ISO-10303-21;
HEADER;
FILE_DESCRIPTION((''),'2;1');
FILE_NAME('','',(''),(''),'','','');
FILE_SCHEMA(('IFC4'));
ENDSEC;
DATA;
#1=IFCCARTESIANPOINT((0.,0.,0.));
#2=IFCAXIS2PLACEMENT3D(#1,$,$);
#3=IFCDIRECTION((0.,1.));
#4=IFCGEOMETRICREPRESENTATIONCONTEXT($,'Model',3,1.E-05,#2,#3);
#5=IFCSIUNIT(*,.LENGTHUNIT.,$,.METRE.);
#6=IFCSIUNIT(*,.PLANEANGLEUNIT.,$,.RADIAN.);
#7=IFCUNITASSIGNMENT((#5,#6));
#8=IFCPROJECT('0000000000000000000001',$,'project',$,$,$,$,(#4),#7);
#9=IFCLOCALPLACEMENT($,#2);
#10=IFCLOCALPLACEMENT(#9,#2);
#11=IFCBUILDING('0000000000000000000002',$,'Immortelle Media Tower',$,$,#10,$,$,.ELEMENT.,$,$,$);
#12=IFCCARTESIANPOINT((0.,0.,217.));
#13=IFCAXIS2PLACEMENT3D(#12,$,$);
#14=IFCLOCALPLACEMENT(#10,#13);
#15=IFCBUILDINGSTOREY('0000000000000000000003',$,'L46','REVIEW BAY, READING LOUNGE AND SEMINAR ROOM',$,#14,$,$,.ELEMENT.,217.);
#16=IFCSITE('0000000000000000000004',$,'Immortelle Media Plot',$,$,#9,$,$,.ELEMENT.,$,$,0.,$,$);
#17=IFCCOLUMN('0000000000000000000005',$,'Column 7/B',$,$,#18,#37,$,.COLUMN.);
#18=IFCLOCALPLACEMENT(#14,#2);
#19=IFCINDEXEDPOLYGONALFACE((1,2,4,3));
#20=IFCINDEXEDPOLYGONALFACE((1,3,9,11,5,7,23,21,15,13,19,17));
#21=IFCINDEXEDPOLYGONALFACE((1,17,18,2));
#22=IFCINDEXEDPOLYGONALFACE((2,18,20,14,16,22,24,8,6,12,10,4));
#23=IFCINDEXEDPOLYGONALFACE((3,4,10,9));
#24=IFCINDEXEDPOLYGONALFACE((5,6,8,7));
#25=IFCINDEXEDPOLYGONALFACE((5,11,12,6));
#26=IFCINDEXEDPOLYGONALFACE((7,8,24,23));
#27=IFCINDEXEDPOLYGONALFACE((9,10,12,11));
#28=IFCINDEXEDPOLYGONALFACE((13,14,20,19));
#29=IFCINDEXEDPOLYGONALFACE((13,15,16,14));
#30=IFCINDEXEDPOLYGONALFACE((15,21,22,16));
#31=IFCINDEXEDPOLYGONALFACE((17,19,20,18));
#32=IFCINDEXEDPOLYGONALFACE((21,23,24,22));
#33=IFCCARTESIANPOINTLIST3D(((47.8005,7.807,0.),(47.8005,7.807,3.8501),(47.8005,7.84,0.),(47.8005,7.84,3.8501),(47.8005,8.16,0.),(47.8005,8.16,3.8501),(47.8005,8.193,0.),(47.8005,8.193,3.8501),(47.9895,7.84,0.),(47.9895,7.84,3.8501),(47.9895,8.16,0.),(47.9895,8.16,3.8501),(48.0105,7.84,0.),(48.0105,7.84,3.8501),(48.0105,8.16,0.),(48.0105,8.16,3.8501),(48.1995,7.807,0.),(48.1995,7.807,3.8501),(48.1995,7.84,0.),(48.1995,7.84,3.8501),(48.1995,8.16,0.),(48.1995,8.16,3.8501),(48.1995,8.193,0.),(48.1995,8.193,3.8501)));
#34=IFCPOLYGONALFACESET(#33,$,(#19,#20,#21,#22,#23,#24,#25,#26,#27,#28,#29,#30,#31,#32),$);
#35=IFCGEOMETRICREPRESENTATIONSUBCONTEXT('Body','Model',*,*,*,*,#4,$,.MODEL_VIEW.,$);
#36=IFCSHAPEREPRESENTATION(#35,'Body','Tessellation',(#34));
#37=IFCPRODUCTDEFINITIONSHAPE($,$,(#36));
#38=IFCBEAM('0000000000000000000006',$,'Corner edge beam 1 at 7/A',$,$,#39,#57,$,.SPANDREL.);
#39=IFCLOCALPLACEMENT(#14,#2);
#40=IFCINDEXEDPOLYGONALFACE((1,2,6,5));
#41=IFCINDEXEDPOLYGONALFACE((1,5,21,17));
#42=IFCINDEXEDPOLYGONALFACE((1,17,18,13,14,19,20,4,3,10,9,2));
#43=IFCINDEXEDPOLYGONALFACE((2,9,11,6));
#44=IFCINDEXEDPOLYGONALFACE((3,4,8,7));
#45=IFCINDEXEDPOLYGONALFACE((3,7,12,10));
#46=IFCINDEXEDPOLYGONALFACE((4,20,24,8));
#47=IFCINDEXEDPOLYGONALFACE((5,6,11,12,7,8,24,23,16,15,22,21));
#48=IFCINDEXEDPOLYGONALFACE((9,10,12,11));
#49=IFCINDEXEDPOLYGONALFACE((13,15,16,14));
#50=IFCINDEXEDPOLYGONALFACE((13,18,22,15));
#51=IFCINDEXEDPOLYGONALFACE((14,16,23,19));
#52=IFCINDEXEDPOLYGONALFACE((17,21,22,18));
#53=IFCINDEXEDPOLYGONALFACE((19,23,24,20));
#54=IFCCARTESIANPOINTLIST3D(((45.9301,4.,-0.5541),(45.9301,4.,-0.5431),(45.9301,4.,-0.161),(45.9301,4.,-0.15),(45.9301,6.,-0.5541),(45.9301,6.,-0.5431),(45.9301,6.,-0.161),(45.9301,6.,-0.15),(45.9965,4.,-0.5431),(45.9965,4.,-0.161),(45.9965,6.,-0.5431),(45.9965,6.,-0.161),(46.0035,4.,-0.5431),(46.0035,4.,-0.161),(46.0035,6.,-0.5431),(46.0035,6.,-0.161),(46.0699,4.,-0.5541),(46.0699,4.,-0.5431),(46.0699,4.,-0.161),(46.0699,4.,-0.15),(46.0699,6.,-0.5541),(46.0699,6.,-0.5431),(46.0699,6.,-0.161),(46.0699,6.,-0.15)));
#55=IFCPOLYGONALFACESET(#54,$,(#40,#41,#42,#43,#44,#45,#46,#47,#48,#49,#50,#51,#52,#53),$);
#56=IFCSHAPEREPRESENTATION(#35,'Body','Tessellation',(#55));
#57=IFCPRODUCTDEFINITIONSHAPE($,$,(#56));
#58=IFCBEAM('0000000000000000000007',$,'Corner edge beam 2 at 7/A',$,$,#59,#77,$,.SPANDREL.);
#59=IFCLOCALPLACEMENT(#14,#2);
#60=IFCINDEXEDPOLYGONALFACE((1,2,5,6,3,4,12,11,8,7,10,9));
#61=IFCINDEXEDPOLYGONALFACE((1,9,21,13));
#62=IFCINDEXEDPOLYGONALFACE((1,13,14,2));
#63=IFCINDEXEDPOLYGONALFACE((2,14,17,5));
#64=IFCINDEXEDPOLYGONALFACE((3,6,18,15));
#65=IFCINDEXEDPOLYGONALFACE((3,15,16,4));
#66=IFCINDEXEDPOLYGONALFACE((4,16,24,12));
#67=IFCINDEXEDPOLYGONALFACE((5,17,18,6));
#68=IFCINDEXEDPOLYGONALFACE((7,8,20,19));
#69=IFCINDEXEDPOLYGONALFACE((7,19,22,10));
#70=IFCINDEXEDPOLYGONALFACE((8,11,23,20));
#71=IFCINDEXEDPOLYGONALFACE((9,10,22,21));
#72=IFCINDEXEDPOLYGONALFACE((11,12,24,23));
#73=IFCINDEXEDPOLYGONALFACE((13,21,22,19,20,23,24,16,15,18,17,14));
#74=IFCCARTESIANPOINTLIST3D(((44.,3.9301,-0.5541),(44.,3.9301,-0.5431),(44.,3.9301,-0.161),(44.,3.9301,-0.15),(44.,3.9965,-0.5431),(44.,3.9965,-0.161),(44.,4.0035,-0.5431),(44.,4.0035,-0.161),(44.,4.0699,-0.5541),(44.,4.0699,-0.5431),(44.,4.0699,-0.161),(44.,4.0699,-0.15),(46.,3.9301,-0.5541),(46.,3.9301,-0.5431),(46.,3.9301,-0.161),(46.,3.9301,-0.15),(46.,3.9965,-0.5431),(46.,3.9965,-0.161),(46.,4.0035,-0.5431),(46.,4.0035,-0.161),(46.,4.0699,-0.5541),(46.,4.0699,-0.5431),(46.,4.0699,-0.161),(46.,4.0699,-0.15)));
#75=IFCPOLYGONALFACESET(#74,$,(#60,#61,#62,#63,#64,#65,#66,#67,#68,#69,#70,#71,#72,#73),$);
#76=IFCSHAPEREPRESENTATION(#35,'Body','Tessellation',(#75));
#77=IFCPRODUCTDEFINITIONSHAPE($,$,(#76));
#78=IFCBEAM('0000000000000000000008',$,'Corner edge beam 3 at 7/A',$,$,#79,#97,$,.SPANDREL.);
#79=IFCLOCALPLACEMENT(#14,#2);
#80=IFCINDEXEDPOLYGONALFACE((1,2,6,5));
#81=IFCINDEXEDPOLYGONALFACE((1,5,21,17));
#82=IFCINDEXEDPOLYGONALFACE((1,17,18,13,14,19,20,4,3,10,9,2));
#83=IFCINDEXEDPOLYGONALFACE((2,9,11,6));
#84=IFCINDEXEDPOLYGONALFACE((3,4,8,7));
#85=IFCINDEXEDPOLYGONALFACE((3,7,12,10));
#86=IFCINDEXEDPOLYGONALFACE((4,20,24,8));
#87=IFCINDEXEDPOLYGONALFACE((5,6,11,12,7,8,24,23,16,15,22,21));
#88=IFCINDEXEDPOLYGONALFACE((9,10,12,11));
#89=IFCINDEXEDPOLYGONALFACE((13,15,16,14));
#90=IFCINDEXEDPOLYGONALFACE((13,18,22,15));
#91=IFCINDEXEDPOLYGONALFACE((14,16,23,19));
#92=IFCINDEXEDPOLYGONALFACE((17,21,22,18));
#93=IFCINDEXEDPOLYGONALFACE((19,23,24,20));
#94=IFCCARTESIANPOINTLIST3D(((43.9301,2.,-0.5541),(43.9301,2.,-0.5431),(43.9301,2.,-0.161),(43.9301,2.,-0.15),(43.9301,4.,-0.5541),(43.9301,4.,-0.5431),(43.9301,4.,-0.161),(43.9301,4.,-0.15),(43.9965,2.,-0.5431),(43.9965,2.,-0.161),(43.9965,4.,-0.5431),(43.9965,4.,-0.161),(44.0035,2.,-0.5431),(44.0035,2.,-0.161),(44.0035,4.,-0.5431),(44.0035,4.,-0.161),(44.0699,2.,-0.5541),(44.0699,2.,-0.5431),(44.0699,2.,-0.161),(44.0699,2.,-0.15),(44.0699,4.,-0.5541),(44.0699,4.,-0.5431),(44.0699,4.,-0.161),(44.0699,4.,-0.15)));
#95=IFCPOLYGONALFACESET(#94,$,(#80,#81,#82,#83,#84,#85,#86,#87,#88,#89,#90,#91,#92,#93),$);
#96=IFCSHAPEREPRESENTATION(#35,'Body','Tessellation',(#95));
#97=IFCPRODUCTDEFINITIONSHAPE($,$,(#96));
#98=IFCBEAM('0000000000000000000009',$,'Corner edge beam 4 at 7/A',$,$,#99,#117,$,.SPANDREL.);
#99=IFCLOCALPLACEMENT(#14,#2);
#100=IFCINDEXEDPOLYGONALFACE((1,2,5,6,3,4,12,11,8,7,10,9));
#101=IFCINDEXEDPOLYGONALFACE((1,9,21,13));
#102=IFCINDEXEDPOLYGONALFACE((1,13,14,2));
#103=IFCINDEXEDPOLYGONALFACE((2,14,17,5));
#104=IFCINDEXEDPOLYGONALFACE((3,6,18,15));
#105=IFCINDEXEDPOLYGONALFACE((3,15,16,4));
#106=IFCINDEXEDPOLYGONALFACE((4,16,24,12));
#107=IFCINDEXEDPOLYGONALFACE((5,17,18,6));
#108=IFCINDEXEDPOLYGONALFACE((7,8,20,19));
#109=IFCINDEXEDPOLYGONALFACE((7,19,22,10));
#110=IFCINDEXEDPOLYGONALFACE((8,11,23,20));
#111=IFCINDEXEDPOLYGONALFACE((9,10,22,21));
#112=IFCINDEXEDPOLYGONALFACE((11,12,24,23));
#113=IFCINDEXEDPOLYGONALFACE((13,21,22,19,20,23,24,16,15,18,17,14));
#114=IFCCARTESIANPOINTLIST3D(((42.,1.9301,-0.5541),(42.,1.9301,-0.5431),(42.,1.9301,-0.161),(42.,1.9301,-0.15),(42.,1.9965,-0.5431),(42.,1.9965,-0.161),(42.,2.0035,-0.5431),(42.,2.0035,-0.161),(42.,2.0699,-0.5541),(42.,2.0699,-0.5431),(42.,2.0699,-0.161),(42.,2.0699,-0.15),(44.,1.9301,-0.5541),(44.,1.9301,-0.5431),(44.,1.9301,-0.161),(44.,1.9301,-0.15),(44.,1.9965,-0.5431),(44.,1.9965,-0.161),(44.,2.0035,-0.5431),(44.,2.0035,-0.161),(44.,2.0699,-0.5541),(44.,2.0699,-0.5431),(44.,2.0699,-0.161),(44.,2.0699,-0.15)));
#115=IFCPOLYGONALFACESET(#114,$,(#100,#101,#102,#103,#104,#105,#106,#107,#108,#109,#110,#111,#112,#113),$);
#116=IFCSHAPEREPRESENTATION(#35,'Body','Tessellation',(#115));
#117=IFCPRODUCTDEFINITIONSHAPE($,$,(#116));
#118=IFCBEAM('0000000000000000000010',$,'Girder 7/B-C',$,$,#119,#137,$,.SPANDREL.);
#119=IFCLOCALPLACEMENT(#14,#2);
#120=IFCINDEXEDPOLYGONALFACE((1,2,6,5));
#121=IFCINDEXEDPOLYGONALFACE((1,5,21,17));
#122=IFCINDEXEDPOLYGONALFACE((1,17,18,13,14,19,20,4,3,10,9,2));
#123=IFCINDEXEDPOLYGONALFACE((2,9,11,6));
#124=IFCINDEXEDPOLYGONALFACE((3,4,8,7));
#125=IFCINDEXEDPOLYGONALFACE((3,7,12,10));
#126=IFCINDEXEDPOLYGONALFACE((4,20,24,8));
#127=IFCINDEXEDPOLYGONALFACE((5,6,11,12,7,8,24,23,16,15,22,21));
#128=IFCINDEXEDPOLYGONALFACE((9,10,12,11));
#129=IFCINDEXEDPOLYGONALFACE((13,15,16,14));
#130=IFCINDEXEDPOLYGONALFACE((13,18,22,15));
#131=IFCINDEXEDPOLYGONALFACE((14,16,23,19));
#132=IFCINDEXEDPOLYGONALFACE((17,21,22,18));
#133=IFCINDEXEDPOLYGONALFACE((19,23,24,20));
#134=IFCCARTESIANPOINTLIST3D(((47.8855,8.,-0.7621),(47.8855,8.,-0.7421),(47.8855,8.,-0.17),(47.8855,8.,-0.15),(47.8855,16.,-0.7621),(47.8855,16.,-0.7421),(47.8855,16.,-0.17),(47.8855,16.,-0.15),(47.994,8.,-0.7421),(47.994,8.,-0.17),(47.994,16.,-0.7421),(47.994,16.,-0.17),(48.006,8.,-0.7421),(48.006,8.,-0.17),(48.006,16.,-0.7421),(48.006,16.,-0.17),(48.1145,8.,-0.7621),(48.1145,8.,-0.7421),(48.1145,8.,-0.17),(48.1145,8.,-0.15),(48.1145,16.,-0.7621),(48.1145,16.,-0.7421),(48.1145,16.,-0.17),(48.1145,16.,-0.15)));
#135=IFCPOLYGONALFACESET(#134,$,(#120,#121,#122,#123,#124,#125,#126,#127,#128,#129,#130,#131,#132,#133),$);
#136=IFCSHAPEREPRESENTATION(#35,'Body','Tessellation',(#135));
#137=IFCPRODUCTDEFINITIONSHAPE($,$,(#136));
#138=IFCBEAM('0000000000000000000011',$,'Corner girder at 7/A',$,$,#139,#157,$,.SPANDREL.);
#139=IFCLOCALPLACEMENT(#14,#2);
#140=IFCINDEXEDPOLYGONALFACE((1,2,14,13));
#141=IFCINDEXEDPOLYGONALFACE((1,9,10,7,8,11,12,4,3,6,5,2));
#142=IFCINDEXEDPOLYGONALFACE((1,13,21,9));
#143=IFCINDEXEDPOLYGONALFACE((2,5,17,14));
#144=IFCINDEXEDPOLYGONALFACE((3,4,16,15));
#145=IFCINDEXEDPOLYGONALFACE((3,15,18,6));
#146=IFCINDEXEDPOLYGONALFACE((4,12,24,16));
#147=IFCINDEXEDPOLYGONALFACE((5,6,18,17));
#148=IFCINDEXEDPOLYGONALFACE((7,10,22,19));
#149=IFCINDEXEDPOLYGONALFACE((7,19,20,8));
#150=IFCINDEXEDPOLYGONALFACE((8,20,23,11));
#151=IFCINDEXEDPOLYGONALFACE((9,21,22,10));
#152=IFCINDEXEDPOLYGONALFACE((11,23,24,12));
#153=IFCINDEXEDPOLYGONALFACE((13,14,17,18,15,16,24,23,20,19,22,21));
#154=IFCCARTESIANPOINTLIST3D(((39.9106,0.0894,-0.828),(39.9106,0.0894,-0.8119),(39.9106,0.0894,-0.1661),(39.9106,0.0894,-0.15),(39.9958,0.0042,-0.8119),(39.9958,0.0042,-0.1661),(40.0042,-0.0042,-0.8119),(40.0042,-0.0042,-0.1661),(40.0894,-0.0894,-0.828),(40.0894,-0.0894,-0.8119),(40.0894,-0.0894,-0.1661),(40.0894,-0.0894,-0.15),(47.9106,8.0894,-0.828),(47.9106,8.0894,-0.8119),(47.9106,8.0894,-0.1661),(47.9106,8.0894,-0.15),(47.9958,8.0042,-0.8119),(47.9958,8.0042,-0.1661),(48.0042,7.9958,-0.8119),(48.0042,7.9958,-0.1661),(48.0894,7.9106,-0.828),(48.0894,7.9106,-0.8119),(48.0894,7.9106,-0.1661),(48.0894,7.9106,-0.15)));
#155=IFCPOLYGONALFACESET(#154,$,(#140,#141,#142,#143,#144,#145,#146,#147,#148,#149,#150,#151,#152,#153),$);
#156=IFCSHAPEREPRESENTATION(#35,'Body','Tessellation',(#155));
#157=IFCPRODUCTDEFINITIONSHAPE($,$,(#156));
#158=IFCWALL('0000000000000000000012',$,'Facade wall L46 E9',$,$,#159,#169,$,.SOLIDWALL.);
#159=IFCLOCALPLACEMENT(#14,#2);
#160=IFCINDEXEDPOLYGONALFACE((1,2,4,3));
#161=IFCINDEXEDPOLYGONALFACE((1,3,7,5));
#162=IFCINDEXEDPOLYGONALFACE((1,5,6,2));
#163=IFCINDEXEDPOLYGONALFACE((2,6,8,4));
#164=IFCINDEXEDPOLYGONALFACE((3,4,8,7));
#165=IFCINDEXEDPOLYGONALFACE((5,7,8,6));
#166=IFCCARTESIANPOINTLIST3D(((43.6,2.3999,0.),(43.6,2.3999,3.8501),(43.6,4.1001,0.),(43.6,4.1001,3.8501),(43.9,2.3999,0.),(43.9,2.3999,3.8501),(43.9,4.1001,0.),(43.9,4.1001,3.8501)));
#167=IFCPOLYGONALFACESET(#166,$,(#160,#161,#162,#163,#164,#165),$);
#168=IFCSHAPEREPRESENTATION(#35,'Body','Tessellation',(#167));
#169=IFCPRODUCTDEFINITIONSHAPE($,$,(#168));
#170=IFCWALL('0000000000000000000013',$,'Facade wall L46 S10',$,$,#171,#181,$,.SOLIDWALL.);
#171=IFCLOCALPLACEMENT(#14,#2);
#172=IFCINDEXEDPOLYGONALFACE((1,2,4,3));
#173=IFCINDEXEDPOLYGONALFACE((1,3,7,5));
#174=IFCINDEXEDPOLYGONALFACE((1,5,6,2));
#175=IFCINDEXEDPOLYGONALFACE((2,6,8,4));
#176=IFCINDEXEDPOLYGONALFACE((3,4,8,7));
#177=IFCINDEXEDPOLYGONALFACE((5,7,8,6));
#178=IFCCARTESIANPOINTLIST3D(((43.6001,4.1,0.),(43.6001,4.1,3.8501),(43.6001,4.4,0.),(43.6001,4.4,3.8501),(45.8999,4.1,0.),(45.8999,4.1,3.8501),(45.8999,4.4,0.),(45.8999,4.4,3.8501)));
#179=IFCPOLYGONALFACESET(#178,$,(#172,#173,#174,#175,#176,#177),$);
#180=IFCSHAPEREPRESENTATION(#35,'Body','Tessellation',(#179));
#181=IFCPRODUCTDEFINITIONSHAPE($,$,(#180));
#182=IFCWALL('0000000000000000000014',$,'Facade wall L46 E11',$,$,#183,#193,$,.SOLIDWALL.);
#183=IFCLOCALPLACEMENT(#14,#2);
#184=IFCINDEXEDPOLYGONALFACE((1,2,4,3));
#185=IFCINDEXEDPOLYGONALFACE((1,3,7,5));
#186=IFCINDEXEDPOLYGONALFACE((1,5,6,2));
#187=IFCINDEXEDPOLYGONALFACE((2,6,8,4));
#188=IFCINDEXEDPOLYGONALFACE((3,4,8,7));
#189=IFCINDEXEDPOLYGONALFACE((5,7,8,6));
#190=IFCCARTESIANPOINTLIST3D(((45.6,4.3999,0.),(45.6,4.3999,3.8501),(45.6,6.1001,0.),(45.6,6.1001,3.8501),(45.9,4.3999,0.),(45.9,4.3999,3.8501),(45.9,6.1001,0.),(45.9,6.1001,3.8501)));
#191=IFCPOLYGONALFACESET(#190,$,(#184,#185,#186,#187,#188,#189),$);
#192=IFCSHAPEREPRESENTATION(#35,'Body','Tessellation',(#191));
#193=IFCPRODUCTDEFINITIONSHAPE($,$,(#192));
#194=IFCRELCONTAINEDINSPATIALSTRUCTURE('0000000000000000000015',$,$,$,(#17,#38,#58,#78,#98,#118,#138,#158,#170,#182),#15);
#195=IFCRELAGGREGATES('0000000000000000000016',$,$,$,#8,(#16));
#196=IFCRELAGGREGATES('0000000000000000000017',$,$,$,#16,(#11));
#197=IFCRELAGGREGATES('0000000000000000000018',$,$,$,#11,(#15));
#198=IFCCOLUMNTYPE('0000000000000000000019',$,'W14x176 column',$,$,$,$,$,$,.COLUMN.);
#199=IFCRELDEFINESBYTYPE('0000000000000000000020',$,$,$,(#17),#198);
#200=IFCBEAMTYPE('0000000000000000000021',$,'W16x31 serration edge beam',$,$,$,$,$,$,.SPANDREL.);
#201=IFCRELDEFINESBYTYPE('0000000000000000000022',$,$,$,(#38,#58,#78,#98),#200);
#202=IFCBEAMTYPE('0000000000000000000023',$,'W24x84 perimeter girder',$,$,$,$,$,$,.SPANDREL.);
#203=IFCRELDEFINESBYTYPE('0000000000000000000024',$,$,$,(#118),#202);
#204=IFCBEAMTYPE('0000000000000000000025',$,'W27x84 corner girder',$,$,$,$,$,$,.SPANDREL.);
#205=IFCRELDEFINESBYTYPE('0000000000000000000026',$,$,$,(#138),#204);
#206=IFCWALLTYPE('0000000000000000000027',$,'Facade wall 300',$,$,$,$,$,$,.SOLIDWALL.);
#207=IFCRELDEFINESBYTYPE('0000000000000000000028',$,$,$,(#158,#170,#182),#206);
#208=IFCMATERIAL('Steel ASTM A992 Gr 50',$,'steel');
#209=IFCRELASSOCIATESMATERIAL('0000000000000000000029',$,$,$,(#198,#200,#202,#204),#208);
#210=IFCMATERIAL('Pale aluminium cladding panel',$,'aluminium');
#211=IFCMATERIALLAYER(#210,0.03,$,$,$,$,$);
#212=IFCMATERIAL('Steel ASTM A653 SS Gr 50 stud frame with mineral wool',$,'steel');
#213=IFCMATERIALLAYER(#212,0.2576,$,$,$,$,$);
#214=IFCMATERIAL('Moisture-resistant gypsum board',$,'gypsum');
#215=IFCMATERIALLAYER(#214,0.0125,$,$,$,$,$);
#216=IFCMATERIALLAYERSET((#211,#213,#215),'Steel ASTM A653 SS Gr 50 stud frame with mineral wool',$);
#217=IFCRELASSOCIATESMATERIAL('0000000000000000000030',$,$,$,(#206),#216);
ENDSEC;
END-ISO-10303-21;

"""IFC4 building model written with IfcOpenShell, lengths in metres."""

from ifc_helpers import new_model, si_unit, direction, frame, frame_2d, origin, origin_2d, place, context, subcontext, project, spatial, rectangle, i_section, extrude, material, layer, layer_set, material_profile, profile_set, type_object, element, save


model = new_model("IFC4")

# Units and contexts
model_context = context("Model", 3, precision=1e-05, world=origin(), true_north=direction((0.0, 1.0)))
body_context = subcontext(model_context, "Body", "Model", "MODEL_VIEW")
ifc_project = project(units=[si_unit("LENGTHUNIT", "METRE"), si_unit("PLANEANGLEUNIT", "RADIAN")], contexts=[model_context])

# Site, building, storey
site_placement = place(None, origin())
site = spatial("IfcSite", under=ifc_project, at=site_placement, Name="Immortelle Media Plot", CompositionType="ELEMENT", RefElevation=0.0)
building_placement = place(site_placement, origin())
building = spatial("IfcBuilding", under=site, at=building_placement, Name="Immortelle Media Tower", CompositionType="ELEMENT")
storey_placement = place(building_placement, frame((0.0, 0.0, 217.0)))
storey = spatial("IfcBuildingStorey", under=building, at=storey_placement, Name="L46", Description="REVIEW BAY, READING LOUNGE AND SEMINAR ROOM", CompositionType="ELEMENT", Elevation=217.0)

# Column
ifc_material_1 = material(Name="Steel ASTM A992 Gr 50", Category="steel")
ifc_material_profile_1 = material_profile(ifc_material_1, i_section(OverallWidth=0.3989, OverallDepth=0.386, WebThickness=0.021, FlangeThickness=0.033, at=origin_2d()), Name="W14x176")
ifc_profile_set_1 = profile_set([ifc_material_profile_1], Name="Steel ASTM A992 Gr 50")
column_type = type_object("IfcColumnType", Name="W14x176 column", PredefinedType="COLUMN", material=ifc_profile_set_1)
column_placement = place(storey_placement, frame((48.0, 8.0, 0.0), z_axis=(0.0, 0.0, 1.0), x_axis=(1.0, 0.0, 0.0)))
element("IfcColumn", 1, at=column_placement, inside=storey, type_object=column_type, Name="Column 7/B", PredefinedType="COLUMN", context=body_context, shape_type="SweptSolid", body=[
    extrude(i_section(OverallWidth=0.3989, OverallDepth=0.386, WebThickness=0.021, FlangeThickness=0.033, at=origin_2d()), origin(), (0.0, 0.0, 1.0), 3.8501),
])

# Beams
ifc_material_profile_2 = material_profile(ifc_material_1, i_section(OverallWidth=0.1399, OverallDepth=0.4041, WebThickness=0.0071, FlangeThickness=0.011, at=origin_2d()), Name="W16x31")
ifc_profile_set_2 = profile_set([ifc_material_profile_2], Name="Steel ASTM A992 Gr 50")
beam_type_1 = type_object("IfcBeamType", Name="W16x31 serration edge beam", PredefinedType="SPANDREL", material=ifc_profile_set_2)
for number, where, z_axis, x_axis, name in (
    (2, (46.0, 6.0, -0.3521), (0.0, -1.0, 0.0), (1.0, 0.0, 0.0), "Corner edge beam 1 at 7/A"),
    (3, (46.0, 4.0, -0.3521), (-1.0, 0.0, 0.0), (0.0, -1.0, 0.0), "Corner edge beam 2 at 7/A"),
    (4, (44.0, 4.0, -0.3521), (0.0, -1.0, 0.0), (1.0, 0.0, 0.0), "Corner edge beam 3 at 7/A"),
    (5, (44.0, 2.0, -0.3521), (-1.0, 0.0, 0.0), (0.0, -1.0, 0.0), "Corner edge beam 4 at 7/A"),
):
    element("IfcBeam", number, at=place(storey_placement, frame(where, z_axis=z_axis, x_axis=x_axis)), inside=storey, type_object=beam_type_1, Name=name, PredefinedType="SPANDREL", context=body_context, shape_type="SweptSolid", body=[
        extrude(i_section(OverallWidth=0.1399, OverallDepth=0.4041, WebThickness=0.0071, FlangeThickness=0.011, at=origin_2d()), origin(), (0.0, 0.0, 1.0), 2.0),
    ])
ifc_material_profile_3 = material_profile(ifc_material_1, i_section(OverallWidth=0.229, OverallDepth=0.6121, WebThickness=0.012, FlangeThickness=0.02, at=origin_2d()), Name="W24x84")
ifc_profile_set_3 = profile_set([ifc_material_profile_3], Name="Steel ASTM A992 Gr 50")
beam_type_2 = type_object("IfcBeamType", Name="W24x84 perimeter girder", PredefinedType="SPANDREL", material=ifc_profile_set_3)
beam_1_placement = place(storey_placement, frame((48.0, 8.0, -0.4561), z_axis=(0.0, 1.0, 0.0), x_axis=(-1.0, 0.0, 0.0)))
element("IfcBeam", 6, at=beam_1_placement, inside=storey, type_object=beam_type_2, Name="Girder 7/B-C", PredefinedType="SPANDREL", context=body_context, shape_type="SweptSolid", body=[
    extrude(i_section(OverallWidth=0.229, OverallDepth=0.6121, WebThickness=0.012, FlangeThickness=0.02, at=origin_2d()), origin(), (0.0, 0.0, 1.0), 8.0),
])
ifc_material_profile_4 = material_profile(ifc_material_1, i_section(OverallWidth=0.2529, OverallDepth=0.678, WebThickness=0.012, FlangeThickness=0.0161, at=origin_2d()), Name="W27x84")
ifc_profile_set_4 = profile_set([ifc_material_profile_4], Name="Steel ASTM A992 Gr 50")
beam_type_3 = type_object("IfcBeamType", Name="W27x84 corner girder", PredefinedType="SPANDREL", material=ifc_profile_set_4)
beam_2_placement = place(storey_placement, frame((48.0, 8.0, -0.489), z_axis=(-0.707107, -0.707107, 0.0), x_axis=(0.707107, -0.707107, 0.0)))
element("IfcBeam", 7, at=beam_2_placement, inside=storey, type_object=beam_type_3, Name="Corner girder at 7/A", PredefinedType="SPANDREL", context=body_context, shape_type="SweptSolid", body=[
    extrude(i_section(OverallWidth=0.2529, OverallDepth=0.678, WebThickness=0.012, FlangeThickness=0.0161, at=origin_2d()), origin(), (0.0, 0.0, 1.0), 11.3137),
])

# Walls
ifc_material_2 = material(Name="Pale aluminium cladding panel", Category="aluminium")
ifc_layer_1 = layer(ifc_material_2, 0.03)
ifc_material_3 = material(Name="Steel ASTM A653 SS Gr 50 stud frame with mineral wool", Category="steel")
ifc_layer_2 = layer(ifc_material_3, 0.2576)
ifc_material_4 = material(Name="Moisture-resistant gypsum board", Category="gypsum")
ifc_layer_3 = layer(ifc_material_4, 0.0125)
ifc_layer_set_1 = layer_set([ifc_layer_1, ifc_layer_2, ifc_layer_3], Name="Steel ASTM A653 SS Gr 50 stud frame with mineral wool")
wall_type_1 = type_object("IfcWallType", Name="Facade wall 300", PredefinedType="SOLIDWALL", material=ifc_layer_set_1)
wall_1_placement = place(storey_placement, frame((43.75, 2.3999, 0.0), z_axis=(0.0, 0.0, 1.0), x_axis=(0.0, 1.0, 0.0)))
element("IfcWall", 8, at=wall_1_placement, inside=storey, type_object=wall_type_1, Name="Facade wall L46 E9", PredefinedType="SOLIDWALL", context=body_context, shape_type="SweptSolid", body=[
    extrude(rectangle(XDim=1.7002, YDim=0.3, at=frame_2d((0.8501, 0.0))), origin(), (0.0, 0.0, 1.0), 3.8501),
])
wall_2_placement = place(storey_placement, frame((43.6001, 4.25, 0.0), z_axis=(0.0, 0.0, 1.0), x_axis=(1.0, 0.0, 0.0)))
element("IfcWall", 9, at=wall_2_placement, inside=storey, type_object=wall_type_1, Name="Facade wall L46 S10", PredefinedType="SOLIDWALL", context=body_context, shape_type="SweptSolid", body=[
    extrude(rectangle(XDim=2.2998, YDim=0.3, at=frame_2d((1.1499, 0.0))), origin(), (0.0, 0.0, 1.0), 3.8501),
])
wall_3_placement = place(storey_placement, frame((45.75, 4.3999, 0.0), z_axis=(0.0, 0.0, 1.0), x_axis=(0.0, 1.0, 0.0)))
element("IfcWall", 10, at=wall_3_placement, inside=storey, type_object=wall_type_1, Name="Facade wall L46 E11", PredefinedType="SOLIDWALL", context=body_context, shape_type="SweptSolid", body=[
    extrude(rectangle(XDim=1.7002, YDim=0.3, at=frame_2d((0.8501, 0.0))), origin(), (0.0, 0.0, 1.0), 3.8501),
])

save(model, "model.ifc")
